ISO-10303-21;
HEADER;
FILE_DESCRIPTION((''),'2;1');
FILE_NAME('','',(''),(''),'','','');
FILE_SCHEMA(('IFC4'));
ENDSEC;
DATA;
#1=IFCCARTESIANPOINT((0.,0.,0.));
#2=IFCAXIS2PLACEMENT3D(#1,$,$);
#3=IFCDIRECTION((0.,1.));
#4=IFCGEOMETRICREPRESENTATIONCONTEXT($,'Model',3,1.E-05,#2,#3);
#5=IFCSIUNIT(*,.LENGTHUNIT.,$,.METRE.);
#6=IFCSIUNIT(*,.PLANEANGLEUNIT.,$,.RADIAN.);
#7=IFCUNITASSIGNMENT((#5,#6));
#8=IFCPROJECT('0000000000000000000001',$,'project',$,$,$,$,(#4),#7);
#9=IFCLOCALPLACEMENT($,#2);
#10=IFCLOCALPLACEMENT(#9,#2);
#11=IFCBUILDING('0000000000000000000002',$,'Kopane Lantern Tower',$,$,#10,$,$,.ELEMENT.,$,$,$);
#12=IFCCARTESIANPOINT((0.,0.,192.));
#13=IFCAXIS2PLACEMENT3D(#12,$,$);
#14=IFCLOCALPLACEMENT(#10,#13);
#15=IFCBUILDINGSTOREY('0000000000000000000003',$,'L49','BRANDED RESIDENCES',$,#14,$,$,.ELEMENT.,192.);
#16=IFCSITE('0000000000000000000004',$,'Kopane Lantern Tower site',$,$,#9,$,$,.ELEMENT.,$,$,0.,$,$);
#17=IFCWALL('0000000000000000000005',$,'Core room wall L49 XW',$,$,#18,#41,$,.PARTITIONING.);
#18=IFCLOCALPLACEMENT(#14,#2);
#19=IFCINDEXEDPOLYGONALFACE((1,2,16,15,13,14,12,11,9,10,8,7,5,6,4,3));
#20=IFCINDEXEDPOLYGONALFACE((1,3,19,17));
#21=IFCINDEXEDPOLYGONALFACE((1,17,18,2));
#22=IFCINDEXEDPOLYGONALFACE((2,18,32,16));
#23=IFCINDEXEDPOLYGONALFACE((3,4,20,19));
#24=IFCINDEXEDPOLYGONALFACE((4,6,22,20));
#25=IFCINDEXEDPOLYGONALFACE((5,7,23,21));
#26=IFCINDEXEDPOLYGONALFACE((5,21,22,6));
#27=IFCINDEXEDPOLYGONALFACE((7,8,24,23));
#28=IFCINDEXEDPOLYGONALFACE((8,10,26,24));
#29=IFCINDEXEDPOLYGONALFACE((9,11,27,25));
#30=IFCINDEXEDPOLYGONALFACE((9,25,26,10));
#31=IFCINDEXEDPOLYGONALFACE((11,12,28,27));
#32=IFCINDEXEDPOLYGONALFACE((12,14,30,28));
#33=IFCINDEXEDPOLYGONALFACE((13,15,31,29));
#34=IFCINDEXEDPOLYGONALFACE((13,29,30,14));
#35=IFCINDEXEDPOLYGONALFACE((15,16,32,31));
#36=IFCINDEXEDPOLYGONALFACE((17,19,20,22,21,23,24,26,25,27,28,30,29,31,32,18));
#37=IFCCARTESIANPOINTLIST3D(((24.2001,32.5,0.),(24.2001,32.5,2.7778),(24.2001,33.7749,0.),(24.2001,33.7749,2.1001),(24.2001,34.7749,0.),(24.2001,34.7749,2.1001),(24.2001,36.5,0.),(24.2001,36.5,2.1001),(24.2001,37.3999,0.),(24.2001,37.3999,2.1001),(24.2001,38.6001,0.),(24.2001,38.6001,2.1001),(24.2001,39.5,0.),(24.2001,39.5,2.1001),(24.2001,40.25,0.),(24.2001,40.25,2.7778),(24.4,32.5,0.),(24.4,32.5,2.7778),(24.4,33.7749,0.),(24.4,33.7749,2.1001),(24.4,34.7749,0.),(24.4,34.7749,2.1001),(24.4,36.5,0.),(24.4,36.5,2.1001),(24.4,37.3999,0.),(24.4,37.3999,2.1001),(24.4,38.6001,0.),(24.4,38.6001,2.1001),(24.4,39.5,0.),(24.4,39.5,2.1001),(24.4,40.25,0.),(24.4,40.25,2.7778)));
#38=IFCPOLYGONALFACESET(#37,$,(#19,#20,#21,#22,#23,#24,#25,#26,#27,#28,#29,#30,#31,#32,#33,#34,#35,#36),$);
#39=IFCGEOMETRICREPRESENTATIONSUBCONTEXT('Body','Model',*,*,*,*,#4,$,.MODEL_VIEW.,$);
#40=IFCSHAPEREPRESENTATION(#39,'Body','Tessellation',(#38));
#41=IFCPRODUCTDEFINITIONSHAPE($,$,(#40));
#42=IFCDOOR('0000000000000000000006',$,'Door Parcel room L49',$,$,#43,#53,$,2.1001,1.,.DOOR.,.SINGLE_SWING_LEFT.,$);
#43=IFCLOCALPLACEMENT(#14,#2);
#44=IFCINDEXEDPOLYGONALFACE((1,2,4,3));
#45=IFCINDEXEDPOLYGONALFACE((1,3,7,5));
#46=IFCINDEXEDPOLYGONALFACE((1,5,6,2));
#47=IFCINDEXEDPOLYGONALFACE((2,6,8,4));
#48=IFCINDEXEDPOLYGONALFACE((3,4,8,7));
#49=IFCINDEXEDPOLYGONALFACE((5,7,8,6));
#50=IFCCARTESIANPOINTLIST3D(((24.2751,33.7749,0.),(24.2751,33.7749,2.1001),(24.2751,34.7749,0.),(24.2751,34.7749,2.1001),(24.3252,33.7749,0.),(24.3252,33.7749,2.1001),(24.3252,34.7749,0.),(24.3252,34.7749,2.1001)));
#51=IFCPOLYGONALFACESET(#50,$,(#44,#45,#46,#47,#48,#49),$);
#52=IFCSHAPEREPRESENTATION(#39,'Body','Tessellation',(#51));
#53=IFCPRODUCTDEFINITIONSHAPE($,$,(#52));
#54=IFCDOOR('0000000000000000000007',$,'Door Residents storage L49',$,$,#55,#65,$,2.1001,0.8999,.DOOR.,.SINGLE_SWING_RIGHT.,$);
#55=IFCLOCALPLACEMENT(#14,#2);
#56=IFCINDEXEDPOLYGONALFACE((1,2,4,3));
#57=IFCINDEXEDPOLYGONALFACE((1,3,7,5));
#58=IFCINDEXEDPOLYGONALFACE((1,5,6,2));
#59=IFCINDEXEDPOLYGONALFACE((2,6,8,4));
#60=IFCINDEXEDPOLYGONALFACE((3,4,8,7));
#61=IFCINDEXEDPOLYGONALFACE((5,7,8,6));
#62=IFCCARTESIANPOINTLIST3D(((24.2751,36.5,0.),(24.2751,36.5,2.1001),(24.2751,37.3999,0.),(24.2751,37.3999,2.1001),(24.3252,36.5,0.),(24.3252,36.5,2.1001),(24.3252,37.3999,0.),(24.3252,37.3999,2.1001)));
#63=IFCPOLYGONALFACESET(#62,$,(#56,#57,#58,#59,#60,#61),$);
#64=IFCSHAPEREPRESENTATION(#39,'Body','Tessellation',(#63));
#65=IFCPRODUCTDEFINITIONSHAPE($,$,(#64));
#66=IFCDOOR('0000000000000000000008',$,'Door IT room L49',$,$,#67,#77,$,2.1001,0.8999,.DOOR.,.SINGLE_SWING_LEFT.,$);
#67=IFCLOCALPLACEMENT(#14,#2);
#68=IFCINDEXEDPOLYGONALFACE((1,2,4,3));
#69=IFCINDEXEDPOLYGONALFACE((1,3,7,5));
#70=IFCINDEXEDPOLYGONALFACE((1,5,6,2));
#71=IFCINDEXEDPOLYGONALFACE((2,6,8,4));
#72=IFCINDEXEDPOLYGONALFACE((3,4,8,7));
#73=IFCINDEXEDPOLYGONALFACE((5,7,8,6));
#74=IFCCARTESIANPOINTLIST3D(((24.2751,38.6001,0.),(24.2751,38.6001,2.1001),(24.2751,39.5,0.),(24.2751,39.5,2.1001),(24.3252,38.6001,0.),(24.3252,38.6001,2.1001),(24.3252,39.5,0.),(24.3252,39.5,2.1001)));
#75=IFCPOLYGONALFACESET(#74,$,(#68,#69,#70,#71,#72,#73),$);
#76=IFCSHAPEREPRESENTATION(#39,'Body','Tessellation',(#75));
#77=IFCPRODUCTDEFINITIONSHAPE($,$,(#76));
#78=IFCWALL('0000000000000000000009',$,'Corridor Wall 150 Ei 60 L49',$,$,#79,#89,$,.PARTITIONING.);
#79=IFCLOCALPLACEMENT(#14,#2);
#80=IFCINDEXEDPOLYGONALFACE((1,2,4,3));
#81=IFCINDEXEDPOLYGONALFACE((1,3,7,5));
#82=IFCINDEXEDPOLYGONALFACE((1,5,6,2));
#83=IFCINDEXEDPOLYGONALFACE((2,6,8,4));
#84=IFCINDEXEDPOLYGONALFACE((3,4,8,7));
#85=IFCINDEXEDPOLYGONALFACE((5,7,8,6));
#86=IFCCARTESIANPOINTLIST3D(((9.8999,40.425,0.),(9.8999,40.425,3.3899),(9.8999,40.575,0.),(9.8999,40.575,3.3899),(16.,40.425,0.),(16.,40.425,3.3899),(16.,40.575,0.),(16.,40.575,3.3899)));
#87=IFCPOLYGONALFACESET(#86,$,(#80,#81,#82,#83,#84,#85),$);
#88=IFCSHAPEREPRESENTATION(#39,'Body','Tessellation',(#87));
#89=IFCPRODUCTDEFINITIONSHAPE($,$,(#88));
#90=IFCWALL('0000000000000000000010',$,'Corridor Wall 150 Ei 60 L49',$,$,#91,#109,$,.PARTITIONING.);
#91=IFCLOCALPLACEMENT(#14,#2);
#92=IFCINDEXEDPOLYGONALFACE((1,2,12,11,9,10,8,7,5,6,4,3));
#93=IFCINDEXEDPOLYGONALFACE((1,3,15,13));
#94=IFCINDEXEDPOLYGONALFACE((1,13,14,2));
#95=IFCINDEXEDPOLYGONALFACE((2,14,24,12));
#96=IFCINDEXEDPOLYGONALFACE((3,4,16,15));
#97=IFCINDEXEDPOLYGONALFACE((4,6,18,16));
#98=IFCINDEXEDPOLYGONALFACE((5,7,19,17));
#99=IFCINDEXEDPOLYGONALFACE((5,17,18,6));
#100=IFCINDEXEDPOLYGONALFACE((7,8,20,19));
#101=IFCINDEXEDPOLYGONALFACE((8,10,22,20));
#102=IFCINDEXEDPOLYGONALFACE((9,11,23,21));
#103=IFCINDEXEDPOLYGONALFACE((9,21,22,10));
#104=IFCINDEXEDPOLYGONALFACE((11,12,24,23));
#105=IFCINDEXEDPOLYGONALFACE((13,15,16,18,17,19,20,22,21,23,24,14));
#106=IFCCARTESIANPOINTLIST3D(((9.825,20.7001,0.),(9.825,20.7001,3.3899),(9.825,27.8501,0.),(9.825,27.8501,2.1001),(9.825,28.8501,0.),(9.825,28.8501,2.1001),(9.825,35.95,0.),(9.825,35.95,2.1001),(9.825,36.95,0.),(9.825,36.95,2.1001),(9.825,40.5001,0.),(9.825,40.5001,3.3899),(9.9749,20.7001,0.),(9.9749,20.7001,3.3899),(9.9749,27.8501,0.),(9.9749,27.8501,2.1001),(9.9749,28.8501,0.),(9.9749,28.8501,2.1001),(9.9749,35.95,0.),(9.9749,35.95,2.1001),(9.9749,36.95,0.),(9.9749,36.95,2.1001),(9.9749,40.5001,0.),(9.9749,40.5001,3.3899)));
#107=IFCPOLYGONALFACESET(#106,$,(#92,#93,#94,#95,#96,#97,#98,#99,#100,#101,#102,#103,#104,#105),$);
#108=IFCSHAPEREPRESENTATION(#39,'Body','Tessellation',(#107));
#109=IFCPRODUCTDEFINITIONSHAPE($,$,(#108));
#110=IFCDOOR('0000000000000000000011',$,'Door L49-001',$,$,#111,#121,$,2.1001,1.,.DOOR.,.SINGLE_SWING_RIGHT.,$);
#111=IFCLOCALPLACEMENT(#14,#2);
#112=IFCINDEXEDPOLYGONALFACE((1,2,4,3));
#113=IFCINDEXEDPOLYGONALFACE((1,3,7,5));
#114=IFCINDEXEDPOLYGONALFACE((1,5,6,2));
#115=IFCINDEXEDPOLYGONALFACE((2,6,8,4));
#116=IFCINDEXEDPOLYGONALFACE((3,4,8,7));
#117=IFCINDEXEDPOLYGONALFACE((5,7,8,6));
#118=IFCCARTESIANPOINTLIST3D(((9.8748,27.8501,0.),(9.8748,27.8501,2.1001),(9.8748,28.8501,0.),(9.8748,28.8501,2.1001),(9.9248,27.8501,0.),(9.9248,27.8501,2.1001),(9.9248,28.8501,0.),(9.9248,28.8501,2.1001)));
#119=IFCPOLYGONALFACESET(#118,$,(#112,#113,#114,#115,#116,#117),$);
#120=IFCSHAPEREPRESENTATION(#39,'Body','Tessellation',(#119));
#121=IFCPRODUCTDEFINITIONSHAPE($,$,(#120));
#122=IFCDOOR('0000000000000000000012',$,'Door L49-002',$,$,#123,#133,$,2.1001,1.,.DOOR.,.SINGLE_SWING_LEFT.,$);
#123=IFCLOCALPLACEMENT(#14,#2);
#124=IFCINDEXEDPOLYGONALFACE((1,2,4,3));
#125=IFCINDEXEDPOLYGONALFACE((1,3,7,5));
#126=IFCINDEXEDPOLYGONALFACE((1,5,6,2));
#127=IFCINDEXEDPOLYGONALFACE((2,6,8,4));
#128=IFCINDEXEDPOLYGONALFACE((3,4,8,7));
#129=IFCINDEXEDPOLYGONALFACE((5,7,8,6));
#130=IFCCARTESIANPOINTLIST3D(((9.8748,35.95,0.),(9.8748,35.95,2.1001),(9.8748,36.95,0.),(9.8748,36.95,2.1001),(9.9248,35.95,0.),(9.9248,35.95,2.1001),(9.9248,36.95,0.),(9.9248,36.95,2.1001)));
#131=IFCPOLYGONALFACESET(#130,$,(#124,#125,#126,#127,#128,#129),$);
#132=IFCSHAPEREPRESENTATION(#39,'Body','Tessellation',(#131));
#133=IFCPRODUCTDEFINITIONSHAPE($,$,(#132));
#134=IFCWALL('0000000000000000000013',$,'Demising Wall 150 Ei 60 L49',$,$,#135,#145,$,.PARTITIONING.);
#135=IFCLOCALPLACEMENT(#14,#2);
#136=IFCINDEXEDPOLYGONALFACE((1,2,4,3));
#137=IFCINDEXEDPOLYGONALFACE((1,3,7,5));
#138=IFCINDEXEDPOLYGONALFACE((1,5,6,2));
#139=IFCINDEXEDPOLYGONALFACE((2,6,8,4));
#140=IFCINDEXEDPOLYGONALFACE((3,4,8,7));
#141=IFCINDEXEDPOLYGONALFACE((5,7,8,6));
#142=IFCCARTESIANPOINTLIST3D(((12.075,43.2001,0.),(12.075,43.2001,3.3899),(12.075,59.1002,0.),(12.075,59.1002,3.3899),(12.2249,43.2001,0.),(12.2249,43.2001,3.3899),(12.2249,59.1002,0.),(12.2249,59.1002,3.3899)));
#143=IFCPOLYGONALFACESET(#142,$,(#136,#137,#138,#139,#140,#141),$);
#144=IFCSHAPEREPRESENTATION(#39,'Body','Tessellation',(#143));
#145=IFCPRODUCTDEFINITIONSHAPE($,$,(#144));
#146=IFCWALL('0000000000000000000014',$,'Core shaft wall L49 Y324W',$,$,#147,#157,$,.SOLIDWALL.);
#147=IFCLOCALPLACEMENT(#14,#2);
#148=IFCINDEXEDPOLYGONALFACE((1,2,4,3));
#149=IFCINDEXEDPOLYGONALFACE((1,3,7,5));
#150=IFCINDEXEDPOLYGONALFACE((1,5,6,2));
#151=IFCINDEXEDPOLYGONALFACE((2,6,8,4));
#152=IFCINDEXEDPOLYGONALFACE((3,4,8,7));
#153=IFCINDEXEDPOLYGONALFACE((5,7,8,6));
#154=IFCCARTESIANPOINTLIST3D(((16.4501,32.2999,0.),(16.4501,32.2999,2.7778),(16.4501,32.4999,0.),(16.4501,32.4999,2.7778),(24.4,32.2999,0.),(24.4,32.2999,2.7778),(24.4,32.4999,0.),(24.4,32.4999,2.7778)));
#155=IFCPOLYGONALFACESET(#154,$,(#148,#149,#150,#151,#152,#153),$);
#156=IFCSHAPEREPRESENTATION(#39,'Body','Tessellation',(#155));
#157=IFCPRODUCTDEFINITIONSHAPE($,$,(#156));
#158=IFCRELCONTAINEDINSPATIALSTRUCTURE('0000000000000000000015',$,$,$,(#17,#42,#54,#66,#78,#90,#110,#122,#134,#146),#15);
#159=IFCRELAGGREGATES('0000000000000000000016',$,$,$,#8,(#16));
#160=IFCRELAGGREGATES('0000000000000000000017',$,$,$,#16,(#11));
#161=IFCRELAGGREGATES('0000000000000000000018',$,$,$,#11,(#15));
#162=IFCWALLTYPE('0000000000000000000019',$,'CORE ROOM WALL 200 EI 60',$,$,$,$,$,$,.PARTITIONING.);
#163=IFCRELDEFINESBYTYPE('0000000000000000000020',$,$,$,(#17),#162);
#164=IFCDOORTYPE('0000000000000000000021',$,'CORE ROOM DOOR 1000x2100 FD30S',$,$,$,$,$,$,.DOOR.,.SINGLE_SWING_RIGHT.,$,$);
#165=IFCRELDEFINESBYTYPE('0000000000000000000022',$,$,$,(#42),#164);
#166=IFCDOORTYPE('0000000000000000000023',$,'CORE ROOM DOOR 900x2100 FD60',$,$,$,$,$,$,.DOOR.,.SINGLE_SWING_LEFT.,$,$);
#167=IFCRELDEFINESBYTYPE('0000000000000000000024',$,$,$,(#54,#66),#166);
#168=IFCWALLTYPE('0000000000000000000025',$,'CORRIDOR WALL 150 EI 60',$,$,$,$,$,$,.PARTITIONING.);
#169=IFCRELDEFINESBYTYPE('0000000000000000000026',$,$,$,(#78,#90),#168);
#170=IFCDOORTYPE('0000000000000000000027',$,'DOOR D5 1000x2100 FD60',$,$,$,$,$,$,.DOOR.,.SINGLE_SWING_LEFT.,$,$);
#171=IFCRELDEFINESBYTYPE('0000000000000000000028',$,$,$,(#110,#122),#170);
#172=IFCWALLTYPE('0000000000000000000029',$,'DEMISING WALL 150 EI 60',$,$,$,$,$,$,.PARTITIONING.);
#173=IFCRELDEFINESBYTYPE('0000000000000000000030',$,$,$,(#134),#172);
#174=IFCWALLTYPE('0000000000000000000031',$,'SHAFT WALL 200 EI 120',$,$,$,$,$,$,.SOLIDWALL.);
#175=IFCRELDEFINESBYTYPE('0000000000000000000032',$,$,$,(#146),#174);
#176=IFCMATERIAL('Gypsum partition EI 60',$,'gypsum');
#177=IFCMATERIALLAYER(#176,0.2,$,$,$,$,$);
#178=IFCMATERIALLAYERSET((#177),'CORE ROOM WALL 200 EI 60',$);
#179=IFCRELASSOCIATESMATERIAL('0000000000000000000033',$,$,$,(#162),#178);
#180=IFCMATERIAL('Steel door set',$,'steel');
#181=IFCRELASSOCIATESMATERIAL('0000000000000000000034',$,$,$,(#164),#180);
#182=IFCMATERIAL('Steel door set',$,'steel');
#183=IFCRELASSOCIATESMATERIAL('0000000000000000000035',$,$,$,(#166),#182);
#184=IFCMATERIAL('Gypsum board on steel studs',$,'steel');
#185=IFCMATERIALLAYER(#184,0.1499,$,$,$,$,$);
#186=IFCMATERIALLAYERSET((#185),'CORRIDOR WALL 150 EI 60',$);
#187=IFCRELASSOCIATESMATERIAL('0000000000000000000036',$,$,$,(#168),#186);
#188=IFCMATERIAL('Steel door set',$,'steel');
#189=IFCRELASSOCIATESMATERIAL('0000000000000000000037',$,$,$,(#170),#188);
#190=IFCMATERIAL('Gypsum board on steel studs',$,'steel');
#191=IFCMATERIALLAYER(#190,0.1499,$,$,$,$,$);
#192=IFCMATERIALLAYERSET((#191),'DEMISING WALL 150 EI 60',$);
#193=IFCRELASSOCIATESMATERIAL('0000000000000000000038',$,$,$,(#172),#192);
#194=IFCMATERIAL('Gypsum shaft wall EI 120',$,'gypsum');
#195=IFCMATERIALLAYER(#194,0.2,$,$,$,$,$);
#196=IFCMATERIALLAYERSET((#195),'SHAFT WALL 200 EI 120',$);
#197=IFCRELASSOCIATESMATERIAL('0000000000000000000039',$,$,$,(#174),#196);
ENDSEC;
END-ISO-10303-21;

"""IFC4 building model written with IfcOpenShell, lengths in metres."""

from ifc_helpers import new_model, si_unit, direction, frame, frame_2d, origin, place, context, subcontext, project, spatial, rectangle, extrude, material, layer, layer_set, type_object, element, fill, save


model = new_model("IFC4")

# Units and contexts
model_context = context("Model", 3, precision=1e-05, world=origin(), true_north=direction((0.0, 1.0)))
body_context = subcontext(model_context, "Body", "Model", "MODEL_VIEW")
ifc_project = project(units=[si_unit("LENGTHUNIT", "METRE"), si_unit("PLANEANGLEUNIT", "RADIAN")], contexts=[model_context])

# Site, building, storey
site_placement = place(None, origin())
site = spatial("IfcSite", under=ifc_project, at=site_placement, Name="Kopane Lantern Tower site", CompositionType="ELEMENT", RefElevation=0.0)
building_placement = place(site_placement, origin())
building = spatial("IfcBuilding", under=site, at=building_placement, Name="Kopane Lantern Tower", CompositionType="ELEMENT")
storey_placement = place(building_placement, frame((0.0, 0.0, 192.0)))
storey = spatial("IfcBuildingStorey", under=building, at=storey_placement, Name="L49", Description="BRANDED RESIDENCES", CompositionType="ELEMENT", Elevation=192.0)

# Wall, openings, doors
ifc_material_1 = material(Name="Gypsum partition EI 60", Category="gypsum")
ifc_layer_1 = layer(ifc_material_1, 0.2)
ifc_layer_set_1 = layer_set([ifc_layer_1], Name="CORE ROOM WALL 200 EI 60")
wall_type_1 = type_object("IfcWallType", Name="CORE ROOM WALL 200 EI 60", PredefinedType="PARTITIONING", material=ifc_layer_set_1)
wall_1_placement = place(storey_placement, frame((24.3, 32.5, 0.0), z_axis=(0.0, 0.0, 1.0), x_axis=(0.0, 1.0, 0.0)))
wall_1 = element("IfcWall", 1, at=wall_1_placement, inside=storey, type_object=wall_type_1, Name="Core room wall L49 XW", PredefinedType="PARTITIONING", context=body_context, shape_type="SweptSolid", body=[
    extrude(rectangle(XDim=7.75, YDim=0.2, at=frame_2d((3.875, 0.0))), origin(), (0.0, 0.0, 1.0), 2.7778),
])
opening_1_placement = place(wall_1_placement, frame((1.2749, 0.0, 0.0)))
opening_1 = element("IfcOpeningElement", 2, at=opening_1_placement, cuts=wall_1, PredefinedType="OPENING", context=body_context, shape_type="SweptSolid", body=[
    extrude(rectangle(XDim=1.0, YDim=2.1001, at=frame_2d((0.5, 1.05))), frame((0.0, 0.1099, 0.0), z_axis=(0.0, -1.0, 0.0), x_axis=(1.0, 0.0, 0.0)), (0.0, 0.0, 1.0), 0.22),
])
opening_2_placement = place(wall_1_placement, frame((4.0, 0.0, 0.0)))
opening_2 = element("IfcOpeningElement", 3, at=opening_2_placement, cuts=wall_1, PredefinedType="OPENING", context=body_context, shape_type="SweptSolid", body=[
    extrude(rectangle(XDim=0.8999, YDim=2.1001, at=frame_2d((0.45, 1.05))), frame((0.0, 0.1099, 0.0), z_axis=(0.0, -1.0, 0.0), x_axis=(1.0, 0.0, 0.0)), (0.0, 0.0, 1.0), 0.22),
])
opening_3_placement = place(wall_1_placement, frame((6.1001, 0.0, 0.0)))
opening_3 = element("IfcOpeningElement", 4, at=opening_3_placement, cuts=wall_1, PredefinedType="OPENING", context=body_context, shape_type="SweptSolid", body=[
    extrude(rectangle(XDim=0.8999, YDim=2.1001, at=frame_2d((0.45, 1.05))), frame((0.0, 0.1099, 0.0), z_axis=(0.0, -1.0, 0.0), x_axis=(1.0, 0.0, 0.0)), (0.0, 0.0, 1.0), 0.22),
])
ifc_material_2 = material(Name="Steel door set", Category="steel")
door_type_1 = type_object("IfcDoorType", Name="CORE ROOM DOOR 1000x2100 FD30S", OperationType="SINGLE_SWING_RIGHT", PredefinedType="DOOR", material=ifc_material_2)
door_1_placement = place(opening_1_placement, origin())
door_1 = element("IfcDoor", 5, at=door_1_placement, inside=storey, type_object=door_type_1, Name="Door Parcel room L49", OperationType="SINGLE_SWING_LEFT", OverallHeight=2.1001, OverallWidth=1.0, PredefinedType="DOOR", context=body_context, shape_type="SweptSolid", body=[
    extrude(rectangle(XDim=1.0, YDim=2.1001, at=frame_2d((0.5, 1.05))), frame((0.0, 0.0249, 0.0), z_axis=(0.0, -1.0, 0.0), x_axis=(1.0, 0.0, 0.0)), (0.0, 0.0, 1.0), 0.05),
])
fill(opening_1, door_1)
ifc_material_3 = material(Name="Steel door set", Category="steel")
door_type_2 = type_object("IfcDoorType", Name="CORE ROOM DOOR 900x2100 FD60", OperationType="SINGLE_SWING_LEFT", PredefinedType="DOOR", material=ifc_material_3)
door_2_placement = place(opening_2_placement, origin())
door_2 = element("IfcDoor", 6, at=door_2_placement, inside=storey, type_object=door_type_2, Name="Door Residents storage L49", OperationType="SINGLE_SWING_RIGHT", OverallHeight=2.1001, OverallWidth=0.8999, PredefinedType="DOOR", context=body_context, shape_type="SweptSolid", body=[
    extrude(rectangle(XDim=0.8999, YDim=2.1001, at=frame_2d((0.45, 1.05))), frame((0.0, 0.0249, 0.0), z_axis=(0.0, -1.0, 0.0), x_axis=(1.0, 0.0, 0.0)), (0.0, 0.0, 1.0), 0.05),
])
fill(opening_2, door_2)
door_3_placement = place(opening_3_placement, origin())
door_3 = element("IfcDoor", 7, at=door_3_placement, inside=storey, type_object=door_type_2, Name="Door IT room L49", OperationType="SINGLE_SWING_LEFT", OverallHeight=2.1001, OverallWidth=0.8999, PredefinedType="DOOR", context=body_context, shape_type="SweptSolid", body=[
    extrude(rectangle(XDim=0.8999, YDim=2.1001, at=frame_2d((0.45, 1.05))), frame((0.0, 0.0249, 0.0), z_axis=(0.0, -1.0, 0.0), x_axis=(1.0, 0.0, 0.0)), (0.0, 0.0, 1.0), 0.05),
])
fill(opening_3, door_3)

# Wall
ifc_material_4 = material(Name="Gypsum board on steel studs", Category="steel")
ifc_layer_2 = layer(ifc_material_4, 0.1499)
ifc_layer_set_2 = layer_set([ifc_layer_2], Name="CORRIDOR WALL 150 EI 60")
wall_type_2 = type_object("IfcWallType", Name="CORRIDOR WALL 150 EI 60", PredefinedType="PARTITIONING", material=ifc_layer_set_2)
wall_2_placement = place(storey_placement, frame((16.0, 40.5, 0.0), z_axis=(0.0, 0.0, 1.0), x_axis=(-1.0, 0.0, 0.0)))
element("IfcWall", 8, at=wall_2_placement, inside=storey, type_object=wall_type_2, Name="Corridor Wall 150 Ei 60 L49", PredefinedType="PARTITIONING", context=body_context, shape_type="SweptSolid", body=[
    extrude(rectangle(XDim=6.1001, YDim=0.1499, at=frame_2d((3.05, 0.0))), origin(), (0.0, 0.0, 1.0), 3.3899),
])

# Wall, openings, doors
wall_3_placement = place(storey_placement, frame((9.8999, 40.5, 0.0), z_axis=(0.0, 0.0, 1.0), x_axis=(0.0, -1.0, 0.0)))
wall_3 = element("IfcWall", 9, at=wall_3_placement, inside=storey, type_object=wall_type_2, Name="Corridor Wall 150 Ei 60 L49", PredefinedType="PARTITIONING", context=body_context, shape_type="SweptSolid", body=[
    extrude(rectangle(XDim=19.8, YDim=0.1499, at=frame_2d((9.8999, 0.0))), origin(), (0.0, 0.0, 1.0), 3.3899),
])
opening_4_placement = place(wall_3_placement, frame((11.6499, 0.0, 0.0)))
opening_4 = element("IfcOpeningElement", 10, at=opening_4_placement, cuts=wall_3, PredefinedType="OPENING", context=body_context, shape_type="SweptSolid", body=[
    extrude(rectangle(XDim=1.0, YDim=2.1001, at=frame_2d((0.5, 1.05))), frame((0.0, 0.085, 0.0), z_axis=(0.0, -1.0, 0.0), x_axis=(1.0, 0.0, 0.0)), (0.0, 0.0, 1.0), 0.1699),
])
opening_5_placement = place(wall_3_placement, frame((3.55, 0.0, 0.0)))
opening_5 = element("IfcOpeningElement", 11, at=opening_5_placement, cuts=wall_3, PredefinedType="OPENING", context=body_context, shape_type="SweptSolid", body=[
    extrude(rectangle(XDim=1.0, YDim=2.1001, at=frame_2d((0.5, 1.05))), frame((0.0, 0.085, 0.0), z_axis=(0.0, -1.0, 0.0), x_axis=(1.0, 0.0, 0.0)), (0.0, 0.0, 1.0), 0.1699),
])
ifc_material_5 = material(Name="Steel door set", Category="steel")
door_type_3 = type_object("IfcDoorType", Name="DOOR D5 1000x2100 FD60", OperationType="SINGLE_SWING_LEFT", PredefinedType="DOOR", material=ifc_material_5)
door_4_placement = place(opening_4_placement, origin())
door_4 = element("IfcDoor", 12, at=door_4_placement, inside=storey, type_object=door_type_3, Name="Door L49-001", OperationType="SINGLE_SWING_RIGHT", OverallHeight=2.1001, OverallWidth=1.0, PredefinedType="DOOR", context=body_context, shape_type="SweptSolid", body=[
    extrude(rectangle(XDim=1.0, YDim=2.1001, at=frame_2d((0.5, 1.05))), frame((0.0, 0.0249, 0.0), z_axis=(0.0, -1.0, 0.0), x_axis=(1.0, 0.0, 0.0)), (0.0, 0.0, 1.0), 0.05),
])
fill(opening_4, door_4)
door_5_placement = place(opening_5_placement, origin())
door_5 = element("IfcDoor", 13, at=door_5_placement, inside=storey, type_object=door_type_3, Name="Door L49-002", OperationType="SINGLE_SWING_LEFT", OverallHeight=2.1001, OverallWidth=1.0, PredefinedType="DOOR", context=body_context, shape_type="SweptSolid", body=[
    extrude(rectangle(XDim=1.0, YDim=2.1001, at=frame_2d((0.5, 1.05))), frame((0.0, 0.0249, 0.0), z_axis=(0.0, -1.0, 0.0), x_axis=(1.0, 0.0, 0.0)), (0.0, 0.0, 1.0), 0.05),
])
fill(opening_5, door_5)

# Walls
ifc_material_6 = material(Name="Gypsum board on steel studs", Category="steel")
ifc_layer_3 = layer(ifc_material_6, 0.1499)
ifc_layer_set_3 = layer_set([ifc_layer_3], Name="DEMISING WALL 150 EI 60")
wall_type_3 = type_object("IfcWallType", Name="DEMISING WALL 150 EI 60", PredefinedType="PARTITIONING", material=ifc_layer_set_3)
wall_4_placement = place(storey_placement, frame((12.1499, 43.2, 0.0), z_axis=(0.0, 0.0, 1.0), x_axis=(0.0, 1.0, 0.0)))
element("IfcWall", 14, at=wall_4_placement, inside=storey, type_object=wall_type_3, Name="Demising Wall 150 Ei 60 L49", PredefinedType="PARTITIONING", context=body_context, shape_type="SweptSolid", body=[
    extrude(rectangle(XDim=15.9001, YDim=0.1499, at=frame_2d((7.9502, 0.0))), origin(), (0.0, 0.0, 1.0), 3.3899),
])
ifc_material_7 = material(Name="Gypsum shaft wall EI 120", Category="gypsum")
ifc_layer_4 = layer(ifc_material_7, 0.2)
ifc_layer_set_4 = layer_set([ifc_layer_4], Name="SHAFT WALL 200 EI 120")
wall_type_4 = type_object("IfcWallType", Name="SHAFT WALL 200 EI 120", PredefinedType="SOLIDWALL", material=ifc_layer_set_4)
wall_5_placement = place(storey_placement, frame((16.45, 32.3999, 0.0), z_axis=(0.0, 0.0, 1.0), x_axis=(1.0, 0.0, 0.0)))
element("IfcWall", 15, at=wall_5_placement, inside=storey, type_object=wall_type_4, Name="Core shaft wall L49 Y324W", PredefinedType="SOLIDWALL", context=body_context, shape_type="SweptSolid", body=[
    extrude(rectangle(XDim=7.95, YDim=0.2, at=frame_2d((3.9751, 0.0))), origin(), (0.0, 0.0, 1.0), 2.7778),
])

save(model, "model.ifc")
